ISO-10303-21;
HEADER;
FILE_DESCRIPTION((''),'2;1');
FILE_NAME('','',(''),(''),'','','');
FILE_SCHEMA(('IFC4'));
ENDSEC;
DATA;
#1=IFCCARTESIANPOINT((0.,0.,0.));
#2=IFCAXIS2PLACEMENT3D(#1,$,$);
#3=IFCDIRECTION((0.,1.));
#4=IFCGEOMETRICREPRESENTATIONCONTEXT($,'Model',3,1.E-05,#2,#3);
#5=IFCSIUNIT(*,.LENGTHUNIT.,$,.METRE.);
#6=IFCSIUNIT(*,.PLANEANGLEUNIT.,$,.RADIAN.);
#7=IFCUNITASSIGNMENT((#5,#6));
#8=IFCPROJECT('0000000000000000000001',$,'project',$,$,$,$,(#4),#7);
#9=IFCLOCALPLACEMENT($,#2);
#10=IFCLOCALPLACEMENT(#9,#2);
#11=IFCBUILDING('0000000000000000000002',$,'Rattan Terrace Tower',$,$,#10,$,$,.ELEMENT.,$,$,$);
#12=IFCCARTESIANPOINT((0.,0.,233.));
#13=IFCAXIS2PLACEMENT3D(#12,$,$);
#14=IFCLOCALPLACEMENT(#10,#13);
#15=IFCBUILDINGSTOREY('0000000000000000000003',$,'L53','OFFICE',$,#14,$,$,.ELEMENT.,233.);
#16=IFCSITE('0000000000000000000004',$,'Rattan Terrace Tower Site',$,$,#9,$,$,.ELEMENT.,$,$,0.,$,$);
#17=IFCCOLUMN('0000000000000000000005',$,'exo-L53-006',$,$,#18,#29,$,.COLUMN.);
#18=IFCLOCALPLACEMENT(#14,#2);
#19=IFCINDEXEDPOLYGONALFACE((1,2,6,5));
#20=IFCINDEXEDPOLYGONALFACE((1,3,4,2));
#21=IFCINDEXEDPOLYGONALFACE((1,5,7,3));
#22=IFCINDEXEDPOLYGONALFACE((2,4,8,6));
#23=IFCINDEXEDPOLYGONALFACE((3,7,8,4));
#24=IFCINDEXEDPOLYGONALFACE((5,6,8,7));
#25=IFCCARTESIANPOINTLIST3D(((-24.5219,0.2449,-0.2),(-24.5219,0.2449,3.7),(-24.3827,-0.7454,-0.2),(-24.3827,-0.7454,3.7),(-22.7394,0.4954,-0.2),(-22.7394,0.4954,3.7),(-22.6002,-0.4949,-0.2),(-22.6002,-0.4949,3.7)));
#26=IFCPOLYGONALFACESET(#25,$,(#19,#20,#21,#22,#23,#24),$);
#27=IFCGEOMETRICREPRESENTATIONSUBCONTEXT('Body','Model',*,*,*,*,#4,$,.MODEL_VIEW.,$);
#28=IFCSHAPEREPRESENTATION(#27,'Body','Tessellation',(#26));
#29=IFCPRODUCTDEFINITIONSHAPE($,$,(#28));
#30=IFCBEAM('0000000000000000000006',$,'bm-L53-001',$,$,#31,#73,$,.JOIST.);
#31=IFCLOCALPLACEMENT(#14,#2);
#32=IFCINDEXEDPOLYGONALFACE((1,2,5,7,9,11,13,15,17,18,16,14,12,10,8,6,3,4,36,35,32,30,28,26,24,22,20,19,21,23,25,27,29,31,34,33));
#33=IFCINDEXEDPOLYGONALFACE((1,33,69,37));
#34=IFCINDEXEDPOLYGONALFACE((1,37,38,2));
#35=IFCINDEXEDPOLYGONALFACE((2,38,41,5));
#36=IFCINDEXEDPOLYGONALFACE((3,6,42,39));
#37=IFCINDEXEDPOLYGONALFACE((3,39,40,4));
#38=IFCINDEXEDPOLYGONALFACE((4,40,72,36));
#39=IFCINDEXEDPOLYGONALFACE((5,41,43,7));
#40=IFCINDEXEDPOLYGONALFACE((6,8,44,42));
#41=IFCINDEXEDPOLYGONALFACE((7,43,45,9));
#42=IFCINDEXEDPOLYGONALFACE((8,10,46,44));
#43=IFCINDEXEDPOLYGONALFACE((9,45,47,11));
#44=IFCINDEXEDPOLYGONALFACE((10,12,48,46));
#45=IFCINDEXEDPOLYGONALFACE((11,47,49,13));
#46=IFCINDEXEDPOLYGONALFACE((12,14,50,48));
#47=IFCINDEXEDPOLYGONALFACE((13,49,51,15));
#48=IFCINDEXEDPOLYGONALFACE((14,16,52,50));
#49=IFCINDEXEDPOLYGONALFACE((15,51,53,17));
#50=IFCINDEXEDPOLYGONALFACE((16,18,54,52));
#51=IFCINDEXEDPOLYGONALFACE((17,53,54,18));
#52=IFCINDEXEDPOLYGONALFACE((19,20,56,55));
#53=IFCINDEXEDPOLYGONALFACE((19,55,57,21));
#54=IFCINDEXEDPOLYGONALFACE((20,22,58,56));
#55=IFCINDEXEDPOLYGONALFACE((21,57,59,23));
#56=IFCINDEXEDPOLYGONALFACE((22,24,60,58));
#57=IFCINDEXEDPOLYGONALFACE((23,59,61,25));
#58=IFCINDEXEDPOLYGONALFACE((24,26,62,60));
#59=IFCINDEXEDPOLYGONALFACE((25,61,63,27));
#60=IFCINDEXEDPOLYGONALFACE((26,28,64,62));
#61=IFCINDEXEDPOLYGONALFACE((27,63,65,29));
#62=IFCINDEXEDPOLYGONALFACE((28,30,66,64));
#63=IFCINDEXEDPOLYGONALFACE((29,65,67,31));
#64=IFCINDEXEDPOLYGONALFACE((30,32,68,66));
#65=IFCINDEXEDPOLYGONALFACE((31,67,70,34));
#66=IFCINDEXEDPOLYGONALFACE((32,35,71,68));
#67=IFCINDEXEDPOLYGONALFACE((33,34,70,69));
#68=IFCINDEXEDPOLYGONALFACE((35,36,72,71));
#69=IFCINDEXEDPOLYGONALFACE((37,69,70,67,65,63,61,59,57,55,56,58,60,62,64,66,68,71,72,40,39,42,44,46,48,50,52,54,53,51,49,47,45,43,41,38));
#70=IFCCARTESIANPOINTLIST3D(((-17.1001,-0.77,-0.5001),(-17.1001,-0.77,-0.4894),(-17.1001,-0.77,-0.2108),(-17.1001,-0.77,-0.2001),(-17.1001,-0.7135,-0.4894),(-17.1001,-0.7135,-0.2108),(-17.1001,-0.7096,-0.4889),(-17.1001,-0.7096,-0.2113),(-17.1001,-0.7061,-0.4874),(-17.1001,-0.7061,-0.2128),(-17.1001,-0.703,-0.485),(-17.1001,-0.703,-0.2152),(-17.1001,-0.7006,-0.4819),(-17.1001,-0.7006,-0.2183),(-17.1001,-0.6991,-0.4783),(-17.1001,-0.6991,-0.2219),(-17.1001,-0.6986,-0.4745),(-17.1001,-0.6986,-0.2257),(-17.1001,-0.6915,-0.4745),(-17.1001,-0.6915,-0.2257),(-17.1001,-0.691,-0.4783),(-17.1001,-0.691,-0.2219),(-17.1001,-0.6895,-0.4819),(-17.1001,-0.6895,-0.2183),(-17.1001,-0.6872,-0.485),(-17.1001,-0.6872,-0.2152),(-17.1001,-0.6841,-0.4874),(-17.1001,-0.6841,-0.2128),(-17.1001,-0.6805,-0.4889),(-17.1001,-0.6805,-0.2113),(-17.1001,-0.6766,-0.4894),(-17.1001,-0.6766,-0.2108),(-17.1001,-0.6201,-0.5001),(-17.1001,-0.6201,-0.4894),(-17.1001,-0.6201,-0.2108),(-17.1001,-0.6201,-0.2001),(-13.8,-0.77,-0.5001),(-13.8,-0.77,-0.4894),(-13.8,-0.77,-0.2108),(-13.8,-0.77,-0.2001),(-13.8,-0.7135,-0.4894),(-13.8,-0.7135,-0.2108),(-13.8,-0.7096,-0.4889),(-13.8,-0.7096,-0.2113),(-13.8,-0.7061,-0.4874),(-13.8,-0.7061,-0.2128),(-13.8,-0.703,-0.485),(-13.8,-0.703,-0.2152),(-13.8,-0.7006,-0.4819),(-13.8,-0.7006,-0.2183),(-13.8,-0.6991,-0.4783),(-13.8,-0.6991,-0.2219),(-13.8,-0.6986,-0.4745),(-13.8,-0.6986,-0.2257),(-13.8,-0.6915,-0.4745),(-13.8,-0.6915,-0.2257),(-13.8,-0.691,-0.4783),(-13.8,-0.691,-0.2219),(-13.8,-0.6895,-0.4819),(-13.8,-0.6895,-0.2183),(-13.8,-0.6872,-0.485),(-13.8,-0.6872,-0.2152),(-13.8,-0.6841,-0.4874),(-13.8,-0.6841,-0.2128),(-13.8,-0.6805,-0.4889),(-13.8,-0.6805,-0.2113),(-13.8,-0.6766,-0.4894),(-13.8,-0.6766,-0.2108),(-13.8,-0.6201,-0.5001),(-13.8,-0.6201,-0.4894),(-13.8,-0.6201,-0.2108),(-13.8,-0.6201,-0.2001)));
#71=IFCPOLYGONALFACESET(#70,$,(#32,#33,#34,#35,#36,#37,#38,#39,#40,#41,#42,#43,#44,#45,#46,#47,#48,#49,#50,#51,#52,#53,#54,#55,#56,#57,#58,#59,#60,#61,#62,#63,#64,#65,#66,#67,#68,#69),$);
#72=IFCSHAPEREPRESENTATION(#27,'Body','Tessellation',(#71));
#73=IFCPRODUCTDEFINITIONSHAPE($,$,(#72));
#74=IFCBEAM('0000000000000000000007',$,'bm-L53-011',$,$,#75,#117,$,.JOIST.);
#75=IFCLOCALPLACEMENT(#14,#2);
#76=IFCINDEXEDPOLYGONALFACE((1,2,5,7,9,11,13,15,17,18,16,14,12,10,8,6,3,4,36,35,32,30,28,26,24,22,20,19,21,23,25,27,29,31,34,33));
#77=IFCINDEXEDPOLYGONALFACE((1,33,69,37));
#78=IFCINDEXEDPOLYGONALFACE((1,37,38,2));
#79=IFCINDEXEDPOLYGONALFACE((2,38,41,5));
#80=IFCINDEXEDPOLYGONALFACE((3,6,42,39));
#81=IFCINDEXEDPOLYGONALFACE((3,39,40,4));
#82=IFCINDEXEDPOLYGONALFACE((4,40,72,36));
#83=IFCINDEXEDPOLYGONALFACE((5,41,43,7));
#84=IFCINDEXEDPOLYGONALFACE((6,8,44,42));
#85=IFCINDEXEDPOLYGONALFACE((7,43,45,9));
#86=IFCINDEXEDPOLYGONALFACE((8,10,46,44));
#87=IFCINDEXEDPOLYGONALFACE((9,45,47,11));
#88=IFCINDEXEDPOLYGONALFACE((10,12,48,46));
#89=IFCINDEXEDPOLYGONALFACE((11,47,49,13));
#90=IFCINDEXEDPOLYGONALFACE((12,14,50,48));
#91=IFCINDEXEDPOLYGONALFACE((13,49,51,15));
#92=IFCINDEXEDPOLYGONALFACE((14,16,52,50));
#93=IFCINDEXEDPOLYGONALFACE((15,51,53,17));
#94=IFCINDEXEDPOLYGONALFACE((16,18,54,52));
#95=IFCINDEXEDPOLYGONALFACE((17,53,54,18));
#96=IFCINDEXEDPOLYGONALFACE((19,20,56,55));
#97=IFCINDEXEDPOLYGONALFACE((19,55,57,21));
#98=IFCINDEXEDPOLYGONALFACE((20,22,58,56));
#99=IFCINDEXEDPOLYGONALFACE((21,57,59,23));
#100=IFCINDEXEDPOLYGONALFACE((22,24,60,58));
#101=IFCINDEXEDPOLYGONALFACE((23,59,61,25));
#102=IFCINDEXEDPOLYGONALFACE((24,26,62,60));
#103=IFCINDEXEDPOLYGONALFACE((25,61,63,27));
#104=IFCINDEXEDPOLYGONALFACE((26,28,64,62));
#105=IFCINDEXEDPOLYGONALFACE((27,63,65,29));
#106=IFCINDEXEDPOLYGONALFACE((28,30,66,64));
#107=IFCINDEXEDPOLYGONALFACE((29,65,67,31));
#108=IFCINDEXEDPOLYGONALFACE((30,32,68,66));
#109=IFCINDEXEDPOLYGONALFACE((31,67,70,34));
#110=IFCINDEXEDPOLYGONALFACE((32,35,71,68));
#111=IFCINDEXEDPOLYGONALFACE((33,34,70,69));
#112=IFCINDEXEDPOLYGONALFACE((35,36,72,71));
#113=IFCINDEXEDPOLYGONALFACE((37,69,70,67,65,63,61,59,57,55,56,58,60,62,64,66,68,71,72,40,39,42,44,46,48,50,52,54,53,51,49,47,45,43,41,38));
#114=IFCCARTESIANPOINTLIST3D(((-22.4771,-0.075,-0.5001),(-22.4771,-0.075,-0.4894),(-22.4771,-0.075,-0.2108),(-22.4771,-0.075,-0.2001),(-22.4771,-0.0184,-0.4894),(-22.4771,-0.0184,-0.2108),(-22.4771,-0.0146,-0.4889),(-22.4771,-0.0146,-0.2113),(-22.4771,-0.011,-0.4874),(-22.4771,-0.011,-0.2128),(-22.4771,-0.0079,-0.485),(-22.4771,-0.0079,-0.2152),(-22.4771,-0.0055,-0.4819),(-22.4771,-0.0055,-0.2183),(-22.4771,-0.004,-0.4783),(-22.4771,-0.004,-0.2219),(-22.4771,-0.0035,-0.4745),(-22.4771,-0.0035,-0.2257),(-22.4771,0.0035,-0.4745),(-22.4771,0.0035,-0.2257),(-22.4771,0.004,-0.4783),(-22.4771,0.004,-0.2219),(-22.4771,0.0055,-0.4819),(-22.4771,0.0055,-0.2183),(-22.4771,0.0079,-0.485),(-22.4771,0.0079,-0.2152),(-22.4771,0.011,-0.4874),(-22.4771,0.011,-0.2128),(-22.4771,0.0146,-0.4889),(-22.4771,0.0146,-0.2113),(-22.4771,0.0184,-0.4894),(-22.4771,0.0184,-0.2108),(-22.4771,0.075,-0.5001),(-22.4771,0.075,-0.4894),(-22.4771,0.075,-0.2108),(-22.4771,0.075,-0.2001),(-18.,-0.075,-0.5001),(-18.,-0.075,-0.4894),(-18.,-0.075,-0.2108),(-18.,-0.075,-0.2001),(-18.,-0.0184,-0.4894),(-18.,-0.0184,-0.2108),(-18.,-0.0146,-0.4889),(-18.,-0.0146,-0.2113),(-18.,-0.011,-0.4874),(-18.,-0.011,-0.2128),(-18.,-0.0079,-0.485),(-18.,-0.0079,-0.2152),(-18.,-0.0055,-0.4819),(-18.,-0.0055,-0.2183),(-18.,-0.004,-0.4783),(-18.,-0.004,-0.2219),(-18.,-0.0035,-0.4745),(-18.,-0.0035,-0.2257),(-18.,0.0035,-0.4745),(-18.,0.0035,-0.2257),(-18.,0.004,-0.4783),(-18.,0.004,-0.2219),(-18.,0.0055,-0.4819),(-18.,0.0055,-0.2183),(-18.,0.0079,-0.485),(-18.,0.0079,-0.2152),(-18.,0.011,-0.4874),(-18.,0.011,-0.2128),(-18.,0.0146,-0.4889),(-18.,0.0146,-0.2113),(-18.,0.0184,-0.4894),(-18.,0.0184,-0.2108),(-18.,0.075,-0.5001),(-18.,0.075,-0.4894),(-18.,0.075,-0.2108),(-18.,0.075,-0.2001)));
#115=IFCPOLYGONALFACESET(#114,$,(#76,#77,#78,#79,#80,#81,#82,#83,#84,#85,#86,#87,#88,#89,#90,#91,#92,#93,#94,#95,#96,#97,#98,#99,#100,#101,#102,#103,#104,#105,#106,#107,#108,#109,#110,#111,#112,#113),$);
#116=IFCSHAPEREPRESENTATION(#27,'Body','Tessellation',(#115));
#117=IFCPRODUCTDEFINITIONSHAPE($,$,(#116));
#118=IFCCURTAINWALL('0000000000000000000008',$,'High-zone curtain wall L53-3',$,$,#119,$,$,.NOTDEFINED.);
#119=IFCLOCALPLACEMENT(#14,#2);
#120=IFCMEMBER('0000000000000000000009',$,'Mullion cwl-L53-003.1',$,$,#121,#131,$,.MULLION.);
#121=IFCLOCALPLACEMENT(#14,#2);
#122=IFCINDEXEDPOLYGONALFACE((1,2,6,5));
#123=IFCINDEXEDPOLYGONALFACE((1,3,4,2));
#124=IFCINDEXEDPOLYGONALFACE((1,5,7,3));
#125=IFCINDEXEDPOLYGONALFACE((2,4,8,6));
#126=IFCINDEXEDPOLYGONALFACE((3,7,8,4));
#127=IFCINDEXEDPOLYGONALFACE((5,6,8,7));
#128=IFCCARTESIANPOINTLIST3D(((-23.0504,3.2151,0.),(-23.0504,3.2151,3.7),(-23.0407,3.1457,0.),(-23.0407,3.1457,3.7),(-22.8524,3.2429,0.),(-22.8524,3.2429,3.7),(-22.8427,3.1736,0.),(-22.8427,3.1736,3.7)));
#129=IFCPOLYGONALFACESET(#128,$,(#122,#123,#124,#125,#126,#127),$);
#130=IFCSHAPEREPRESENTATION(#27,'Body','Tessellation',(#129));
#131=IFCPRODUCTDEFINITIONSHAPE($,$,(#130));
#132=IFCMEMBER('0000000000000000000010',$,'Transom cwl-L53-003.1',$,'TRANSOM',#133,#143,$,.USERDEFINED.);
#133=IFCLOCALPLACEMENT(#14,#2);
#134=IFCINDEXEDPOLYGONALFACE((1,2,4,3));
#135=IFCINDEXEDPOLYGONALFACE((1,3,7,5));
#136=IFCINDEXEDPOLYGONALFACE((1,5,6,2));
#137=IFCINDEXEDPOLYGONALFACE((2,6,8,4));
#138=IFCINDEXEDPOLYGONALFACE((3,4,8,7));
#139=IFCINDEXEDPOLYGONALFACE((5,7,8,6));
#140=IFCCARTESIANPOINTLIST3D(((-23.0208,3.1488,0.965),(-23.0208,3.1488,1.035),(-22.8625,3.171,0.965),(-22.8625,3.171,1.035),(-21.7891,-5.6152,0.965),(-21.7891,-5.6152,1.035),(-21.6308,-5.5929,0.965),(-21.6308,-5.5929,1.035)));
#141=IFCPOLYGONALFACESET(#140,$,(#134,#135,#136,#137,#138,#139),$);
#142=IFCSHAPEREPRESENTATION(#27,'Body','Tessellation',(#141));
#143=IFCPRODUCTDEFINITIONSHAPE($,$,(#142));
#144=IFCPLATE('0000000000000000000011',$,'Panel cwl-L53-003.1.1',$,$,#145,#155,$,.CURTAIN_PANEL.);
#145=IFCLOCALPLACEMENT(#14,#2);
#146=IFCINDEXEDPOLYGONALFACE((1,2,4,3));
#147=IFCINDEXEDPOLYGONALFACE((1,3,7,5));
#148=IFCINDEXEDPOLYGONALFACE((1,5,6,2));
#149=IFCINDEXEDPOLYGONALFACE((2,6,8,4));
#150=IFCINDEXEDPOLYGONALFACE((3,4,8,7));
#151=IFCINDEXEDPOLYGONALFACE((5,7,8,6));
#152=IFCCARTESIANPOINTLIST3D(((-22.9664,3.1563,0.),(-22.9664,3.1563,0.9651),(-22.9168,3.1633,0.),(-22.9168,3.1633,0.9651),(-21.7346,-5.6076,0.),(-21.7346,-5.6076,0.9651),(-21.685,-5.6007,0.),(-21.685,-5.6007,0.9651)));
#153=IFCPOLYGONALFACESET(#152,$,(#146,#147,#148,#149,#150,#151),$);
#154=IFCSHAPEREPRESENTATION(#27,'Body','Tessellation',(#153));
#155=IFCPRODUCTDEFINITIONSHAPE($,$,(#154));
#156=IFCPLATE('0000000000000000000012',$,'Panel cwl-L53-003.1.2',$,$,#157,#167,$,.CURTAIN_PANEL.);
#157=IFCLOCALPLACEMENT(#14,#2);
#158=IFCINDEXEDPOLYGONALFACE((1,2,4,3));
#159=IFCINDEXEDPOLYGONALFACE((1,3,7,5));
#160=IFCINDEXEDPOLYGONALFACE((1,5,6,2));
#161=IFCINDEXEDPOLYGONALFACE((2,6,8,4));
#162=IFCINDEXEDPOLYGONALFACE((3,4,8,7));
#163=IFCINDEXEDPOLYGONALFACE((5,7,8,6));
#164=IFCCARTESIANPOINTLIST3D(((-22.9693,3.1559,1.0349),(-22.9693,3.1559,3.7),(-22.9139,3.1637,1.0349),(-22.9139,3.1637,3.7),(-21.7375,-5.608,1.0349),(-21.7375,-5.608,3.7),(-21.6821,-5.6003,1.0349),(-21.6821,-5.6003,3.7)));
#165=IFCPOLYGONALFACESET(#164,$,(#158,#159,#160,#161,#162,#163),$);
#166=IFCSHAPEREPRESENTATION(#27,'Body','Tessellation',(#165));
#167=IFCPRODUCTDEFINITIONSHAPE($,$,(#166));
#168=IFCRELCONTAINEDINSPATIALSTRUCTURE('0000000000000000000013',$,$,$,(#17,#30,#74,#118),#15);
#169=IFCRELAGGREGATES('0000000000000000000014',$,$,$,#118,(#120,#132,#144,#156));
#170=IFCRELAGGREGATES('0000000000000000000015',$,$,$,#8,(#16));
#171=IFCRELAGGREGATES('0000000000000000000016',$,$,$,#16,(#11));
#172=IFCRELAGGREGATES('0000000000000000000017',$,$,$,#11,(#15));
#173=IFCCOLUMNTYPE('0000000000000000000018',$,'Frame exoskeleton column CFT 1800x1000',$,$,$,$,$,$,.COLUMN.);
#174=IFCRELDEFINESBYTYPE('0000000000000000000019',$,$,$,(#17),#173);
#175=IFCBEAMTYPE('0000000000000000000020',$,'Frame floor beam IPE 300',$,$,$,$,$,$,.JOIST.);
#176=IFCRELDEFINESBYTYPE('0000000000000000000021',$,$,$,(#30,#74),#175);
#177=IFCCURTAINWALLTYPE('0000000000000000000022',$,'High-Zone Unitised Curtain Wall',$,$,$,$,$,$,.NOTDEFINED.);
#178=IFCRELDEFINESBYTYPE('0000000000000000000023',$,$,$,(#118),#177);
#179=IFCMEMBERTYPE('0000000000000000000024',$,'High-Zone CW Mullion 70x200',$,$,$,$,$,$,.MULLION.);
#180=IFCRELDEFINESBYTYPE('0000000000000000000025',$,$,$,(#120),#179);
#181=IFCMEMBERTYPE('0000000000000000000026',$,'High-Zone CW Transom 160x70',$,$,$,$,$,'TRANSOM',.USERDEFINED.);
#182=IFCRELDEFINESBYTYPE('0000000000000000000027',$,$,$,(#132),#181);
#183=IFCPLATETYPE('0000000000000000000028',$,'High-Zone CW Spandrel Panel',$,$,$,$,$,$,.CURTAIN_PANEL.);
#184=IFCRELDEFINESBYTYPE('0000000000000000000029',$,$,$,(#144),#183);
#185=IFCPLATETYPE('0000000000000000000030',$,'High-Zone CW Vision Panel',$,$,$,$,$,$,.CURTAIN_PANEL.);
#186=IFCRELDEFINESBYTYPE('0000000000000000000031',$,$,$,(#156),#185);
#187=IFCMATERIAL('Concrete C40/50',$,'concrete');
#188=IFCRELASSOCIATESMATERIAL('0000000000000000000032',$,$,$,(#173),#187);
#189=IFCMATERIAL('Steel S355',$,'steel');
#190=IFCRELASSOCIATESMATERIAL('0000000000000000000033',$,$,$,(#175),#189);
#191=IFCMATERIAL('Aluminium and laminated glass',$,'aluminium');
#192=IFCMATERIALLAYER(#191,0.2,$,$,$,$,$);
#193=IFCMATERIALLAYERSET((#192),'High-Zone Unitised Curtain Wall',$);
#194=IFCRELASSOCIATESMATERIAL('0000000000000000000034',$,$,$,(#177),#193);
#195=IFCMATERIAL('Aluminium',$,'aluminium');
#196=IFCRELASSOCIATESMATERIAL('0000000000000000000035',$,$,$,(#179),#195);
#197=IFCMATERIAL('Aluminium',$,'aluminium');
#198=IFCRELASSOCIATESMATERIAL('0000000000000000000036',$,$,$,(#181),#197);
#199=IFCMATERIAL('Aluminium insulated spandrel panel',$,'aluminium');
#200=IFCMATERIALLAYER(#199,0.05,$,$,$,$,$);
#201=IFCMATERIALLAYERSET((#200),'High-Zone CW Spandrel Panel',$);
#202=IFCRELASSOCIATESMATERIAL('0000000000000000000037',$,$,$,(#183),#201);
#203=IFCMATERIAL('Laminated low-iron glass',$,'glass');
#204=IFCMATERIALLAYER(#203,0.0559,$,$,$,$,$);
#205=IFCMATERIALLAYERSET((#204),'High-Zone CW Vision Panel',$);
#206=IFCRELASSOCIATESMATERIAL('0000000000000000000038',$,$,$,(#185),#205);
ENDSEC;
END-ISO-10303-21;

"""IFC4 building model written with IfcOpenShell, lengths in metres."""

from ifc_helpers import new_model, si_unit, direction, frame, origin, origin_2d, place, context, subcontext, project, spatial, rectangle, i_section, extrude, material, layer, layer_set, material_profile, profile_set, type_object, element, aggregate, save


model = new_model("IFC4")

# Units and contexts
model_context = context("Model", 3, precision=1e-05, world=origin(), true_north=direction((0.0, 1.0)))
body_context = subcontext(model_context, "Body", "Model", "MODEL_VIEW")
ifc_project = project(units=[si_unit("LENGTHUNIT", "METRE"), si_unit("PLANEANGLEUNIT", "RADIAN")], contexts=[model_context])

# Site, building, storey
site_placement = place(None, origin())
site = spatial("IfcSite", under=ifc_project, at=site_placement, Name="Rattan Terrace Tower Site", CompositionType="ELEMENT", RefElevation=0.0)
building_placement = place(site_placement, origin())
building = spatial("IfcBuilding", under=site, at=building_placement, Name="Rattan Terrace Tower", CompositionType="ELEMENT")
storey_placement = place(building_placement, frame((0.0, 0.0, 233.0)))
storey = spatial("IfcBuildingStorey", under=building, at=storey_placement, Name="L53", Description="OFFICE", CompositionType="ELEMENT", Elevation=233.0)

# Column
ifc_material_1 = material(Name="Concrete C40/50", Category="concrete")
ifc_material_profile_1 = material_profile(ifc_material_1, rectangle(XDim=1.0, YDim=1.8, at=origin_2d()), Name="CFT 1800x1000")
ifc_profile_set_1 = profile_set([ifc_material_profile_1], Name="Concrete C40/50")
column_type = type_object("IfcColumnType", Name="Frame exoskeleton column CFT 1800x1000", PredefinedType="COLUMN", material=ifc_profile_set_1)
column_placement = place(storey_placement, frame((-23.561, -0.125, -0.2), z_axis=(0.0, 0.0, 1.0), x_axis=(-0.13919, 0.990266, 0.0)))
element("IfcColumn", 1, at=column_placement, inside=storey, type_object=column_type, Name="exo-L53-006", PredefinedType="COLUMN", context=body_context, shape_type="SweptSolid", body=[
    extrude(rectangle(XDim=1.0, YDim=1.8, at=origin_2d()), origin(), (0.0, 0.0, 1.0), 3.8999),
])

# Beams
ifc_material_2 = material(Name="Steel S355", Category="steel")
ifc_material_profile_2 = material_profile(ifc_material_2, i_section(OverallWidth=0.1499, OverallDepth=0.3, WebThickness=0.0071, FlangeThickness=0.0107, FilletRadius=0.0149, at=origin_2d()), Name="IPE 300")
ifc_profile_set_2 = profile_set([ifc_material_profile_2], Name="Steel S355")
beam_type = type_object("IfcBeamType", Name="Frame floor beam IPE 300", PredefinedType="JOIST", material=ifc_profile_set_2)
beam_1_placement = place(storey_placement, frame((-17.1001, -0.6951, -0.3501), z_axis=(1.0, 0.0, 0.0), x_axis=(0.0, 1.0, 0.0)))
element("IfcBeam", 2, at=beam_1_placement, inside=storey, type_object=beam_type, Name="bm-L53-001", PredefinedType="JOIST", context=body_context, shape_type="SweptSolid", body=[
    extrude(i_section(OverallWidth=0.1499, OverallDepth=0.3, WebThickness=0.0071, FlangeThickness=0.0107, FilletRadius=0.0149, at=origin_2d()), origin(), (0.0, 0.0, 1.0), 3.3),
])
beam_2_placement = place(storey_placement, frame((-22.4771, 0.0, -0.3501), z_axis=(1.0, 0.0, 0.0), x_axis=(0.0, 1.0, 0.0)))
element("IfcBeam", 3, at=beam_2_placement, inside=storey, type_object=beam_type, Name="bm-L53-011", PredefinedType="JOIST", context=body_context, shape_type="SweptSolid", body=[
    extrude(i_section(OverallWidth=0.1499, OverallDepth=0.3, WebThickness=0.0071, FlangeThickness=0.0107, FilletRadius=0.0149, at=origin_2d()), origin(), (0.0, 0.0, 1.0), 4.4771),
])

# Curtain wall, members, plates
ifc_material_3 = material(Name="Aluminium and laminated glass", Category="aluminium")
ifc_layer_1 = layer(ifc_material_3, 0.2)
ifc_layer_set_1 = layer_set([ifc_layer_1], Name="High-Zone Unitised Curtain Wall")
curtain_wall_type = type_object("IfcCurtainWallType", Name="High-Zone Unitised Curtain Wall", PredefinedType="NOTDEFINED", material=ifc_layer_set_1)
curtain_wall_placement = place(storey_placement, origin())
curtain_wall = element("IfcCurtainWall", 4, at=curtain_wall_placement, inside=storey, type_object=curtain_wall_type, Name="High-zone curtain wall L53-3", PredefinedType="NOTDEFINED")
ifc_material_4 = material(Name="Aluminium", Category="aluminium")
ifc_material_profile_3 = material_profile(ifc_material_4, rectangle(XDim=0.0701, YDim=0.2, at=origin_2d()), Name="Aluminium 70x200")
ifc_profile_set_3 = profile_set([ifc_material_profile_3], Name="Aluminium")
member_type_1 = type_object("IfcMemberType", Name="High-Zone CW Mullion 70x200", PredefinedType="MULLION", material=ifc_profile_set_3)
member_1_placement = place(storey_placement, frame((-22.9465, 3.1943, 0.0), z_axis=(0.0, 0.0, 1.0), x_axis=(0.139186, -0.990266, 0.0)))
member_1 = element("IfcMember", 5, at=member_1_placement, type_object=member_type_1, Name="Mullion cwl-L53-003.1", PredefinedType="MULLION", context=body_context, shape_type="SweptSolid", body=[
    extrude(rectangle(XDim=0.0701, YDim=0.2, at=origin_2d()), origin(), (0.0, 0.0, 1.0), 3.7),
])
ifc_material_5 = material(Name="Aluminium", Category="aluminium")
ifc_material_profile_4 = material_profile(ifc_material_5, rectangle(XDim=0.1599, YDim=0.0701, at=origin_2d()), Name="Aluminium 160x70")
ifc_profile_set_4 = profile_set([ifc_material_profile_4], Name="Aluminium")
member_type_2 = type_object("IfcMemberType", Name="High-Zone CW Transom 160x70", ElementType="TRANSOM", PredefinedType="USERDEFINED", material=ifc_profile_set_4)
member_2_placement = place(storey_placement, frame((-22.9417, 3.1599, 1.0), z_axis=(0.139173, -0.990268, 0.0), x_axis=(0.990268, 0.139173, 0.0)))
member_2 = element("IfcMember", 6, at=member_2_placement, type_object=member_type_2, Name="Transom cwl-L53-003.1", ObjectType="TRANSOM", PredefinedType="USERDEFINED", context=body_context, shape_type="SweptSolid", body=[
    extrude(rectangle(XDim=0.1599, YDim=0.0701, at=origin_2d()), origin(), (0.0, 0.0, 1.0), 8.8501),
])
ifc_material_6 = material(Name="Aluminium insulated spandrel panel", Category="aluminium")
ifc_layer_2 = layer(ifc_material_6, 0.05)
ifc_layer_set_2 = layer_set([ifc_layer_2], Name="High-Zone CW Spandrel Panel")
plate_type_1 = type_object("IfcPlateType", Name="High-Zone CW Spandrel Panel", PredefinedType="CURTAIN_PANEL", material=ifc_layer_set_2)
plate_1_placement = place(storey_placement, frame((-22.3257, -1.2222, 0.0), z_axis=(0.0, 0.0, 1.0), x_axis=(0.139186, -0.990266, 0.0)))
plate_1 = element("IfcPlate", 7, at=plate_1_placement, type_object=plate_type_1, Name="Panel cwl-L53-003.1.1", PredefinedType="CURTAIN_PANEL", context=body_context, shape_type="SweptSolid", body=[
    extrude(rectangle(XDim=8.8501, YDim=0.05, at=origin_2d()), origin(), (0.0, 0.0, 1.0), 0.9651),
])
ifc_material_7 = material(Name="Laminated low-iron glass", Category="glass")
ifc_layer_3 = layer(ifc_material_7, 0.0559)
ifc_layer_set_3 = layer_set([ifc_layer_3], Name="High-Zone CW Vision Panel")
plate_type_2 = type_object("IfcPlateType", Name="High-Zone CW Vision Panel", PredefinedType="CURTAIN_PANEL", material=ifc_layer_set_3)
plate_2_placement = place(storey_placement, frame((-22.3257, -1.2222, 1.0349), z_axis=(0.0, 0.0, 1.0), x_axis=(0.139186, -0.990266, 0.0)))
plate_2 = element("IfcPlate", 8, at=plate_2_placement, type_object=plate_type_2, Name="Panel cwl-L53-003.1.2", PredefinedType="CURTAIN_PANEL", context=body_context, shape_type="SweptSolid", body=[
    extrude(rectangle(XDim=8.8501, YDim=0.0559, at=origin_2d()), origin(), (0.0, 0.0, 1.0), 2.665),
])
aggregate(curtain_wall, [member_1, member_2, plate_1, plate_2])

save(model, "model.ifc")
